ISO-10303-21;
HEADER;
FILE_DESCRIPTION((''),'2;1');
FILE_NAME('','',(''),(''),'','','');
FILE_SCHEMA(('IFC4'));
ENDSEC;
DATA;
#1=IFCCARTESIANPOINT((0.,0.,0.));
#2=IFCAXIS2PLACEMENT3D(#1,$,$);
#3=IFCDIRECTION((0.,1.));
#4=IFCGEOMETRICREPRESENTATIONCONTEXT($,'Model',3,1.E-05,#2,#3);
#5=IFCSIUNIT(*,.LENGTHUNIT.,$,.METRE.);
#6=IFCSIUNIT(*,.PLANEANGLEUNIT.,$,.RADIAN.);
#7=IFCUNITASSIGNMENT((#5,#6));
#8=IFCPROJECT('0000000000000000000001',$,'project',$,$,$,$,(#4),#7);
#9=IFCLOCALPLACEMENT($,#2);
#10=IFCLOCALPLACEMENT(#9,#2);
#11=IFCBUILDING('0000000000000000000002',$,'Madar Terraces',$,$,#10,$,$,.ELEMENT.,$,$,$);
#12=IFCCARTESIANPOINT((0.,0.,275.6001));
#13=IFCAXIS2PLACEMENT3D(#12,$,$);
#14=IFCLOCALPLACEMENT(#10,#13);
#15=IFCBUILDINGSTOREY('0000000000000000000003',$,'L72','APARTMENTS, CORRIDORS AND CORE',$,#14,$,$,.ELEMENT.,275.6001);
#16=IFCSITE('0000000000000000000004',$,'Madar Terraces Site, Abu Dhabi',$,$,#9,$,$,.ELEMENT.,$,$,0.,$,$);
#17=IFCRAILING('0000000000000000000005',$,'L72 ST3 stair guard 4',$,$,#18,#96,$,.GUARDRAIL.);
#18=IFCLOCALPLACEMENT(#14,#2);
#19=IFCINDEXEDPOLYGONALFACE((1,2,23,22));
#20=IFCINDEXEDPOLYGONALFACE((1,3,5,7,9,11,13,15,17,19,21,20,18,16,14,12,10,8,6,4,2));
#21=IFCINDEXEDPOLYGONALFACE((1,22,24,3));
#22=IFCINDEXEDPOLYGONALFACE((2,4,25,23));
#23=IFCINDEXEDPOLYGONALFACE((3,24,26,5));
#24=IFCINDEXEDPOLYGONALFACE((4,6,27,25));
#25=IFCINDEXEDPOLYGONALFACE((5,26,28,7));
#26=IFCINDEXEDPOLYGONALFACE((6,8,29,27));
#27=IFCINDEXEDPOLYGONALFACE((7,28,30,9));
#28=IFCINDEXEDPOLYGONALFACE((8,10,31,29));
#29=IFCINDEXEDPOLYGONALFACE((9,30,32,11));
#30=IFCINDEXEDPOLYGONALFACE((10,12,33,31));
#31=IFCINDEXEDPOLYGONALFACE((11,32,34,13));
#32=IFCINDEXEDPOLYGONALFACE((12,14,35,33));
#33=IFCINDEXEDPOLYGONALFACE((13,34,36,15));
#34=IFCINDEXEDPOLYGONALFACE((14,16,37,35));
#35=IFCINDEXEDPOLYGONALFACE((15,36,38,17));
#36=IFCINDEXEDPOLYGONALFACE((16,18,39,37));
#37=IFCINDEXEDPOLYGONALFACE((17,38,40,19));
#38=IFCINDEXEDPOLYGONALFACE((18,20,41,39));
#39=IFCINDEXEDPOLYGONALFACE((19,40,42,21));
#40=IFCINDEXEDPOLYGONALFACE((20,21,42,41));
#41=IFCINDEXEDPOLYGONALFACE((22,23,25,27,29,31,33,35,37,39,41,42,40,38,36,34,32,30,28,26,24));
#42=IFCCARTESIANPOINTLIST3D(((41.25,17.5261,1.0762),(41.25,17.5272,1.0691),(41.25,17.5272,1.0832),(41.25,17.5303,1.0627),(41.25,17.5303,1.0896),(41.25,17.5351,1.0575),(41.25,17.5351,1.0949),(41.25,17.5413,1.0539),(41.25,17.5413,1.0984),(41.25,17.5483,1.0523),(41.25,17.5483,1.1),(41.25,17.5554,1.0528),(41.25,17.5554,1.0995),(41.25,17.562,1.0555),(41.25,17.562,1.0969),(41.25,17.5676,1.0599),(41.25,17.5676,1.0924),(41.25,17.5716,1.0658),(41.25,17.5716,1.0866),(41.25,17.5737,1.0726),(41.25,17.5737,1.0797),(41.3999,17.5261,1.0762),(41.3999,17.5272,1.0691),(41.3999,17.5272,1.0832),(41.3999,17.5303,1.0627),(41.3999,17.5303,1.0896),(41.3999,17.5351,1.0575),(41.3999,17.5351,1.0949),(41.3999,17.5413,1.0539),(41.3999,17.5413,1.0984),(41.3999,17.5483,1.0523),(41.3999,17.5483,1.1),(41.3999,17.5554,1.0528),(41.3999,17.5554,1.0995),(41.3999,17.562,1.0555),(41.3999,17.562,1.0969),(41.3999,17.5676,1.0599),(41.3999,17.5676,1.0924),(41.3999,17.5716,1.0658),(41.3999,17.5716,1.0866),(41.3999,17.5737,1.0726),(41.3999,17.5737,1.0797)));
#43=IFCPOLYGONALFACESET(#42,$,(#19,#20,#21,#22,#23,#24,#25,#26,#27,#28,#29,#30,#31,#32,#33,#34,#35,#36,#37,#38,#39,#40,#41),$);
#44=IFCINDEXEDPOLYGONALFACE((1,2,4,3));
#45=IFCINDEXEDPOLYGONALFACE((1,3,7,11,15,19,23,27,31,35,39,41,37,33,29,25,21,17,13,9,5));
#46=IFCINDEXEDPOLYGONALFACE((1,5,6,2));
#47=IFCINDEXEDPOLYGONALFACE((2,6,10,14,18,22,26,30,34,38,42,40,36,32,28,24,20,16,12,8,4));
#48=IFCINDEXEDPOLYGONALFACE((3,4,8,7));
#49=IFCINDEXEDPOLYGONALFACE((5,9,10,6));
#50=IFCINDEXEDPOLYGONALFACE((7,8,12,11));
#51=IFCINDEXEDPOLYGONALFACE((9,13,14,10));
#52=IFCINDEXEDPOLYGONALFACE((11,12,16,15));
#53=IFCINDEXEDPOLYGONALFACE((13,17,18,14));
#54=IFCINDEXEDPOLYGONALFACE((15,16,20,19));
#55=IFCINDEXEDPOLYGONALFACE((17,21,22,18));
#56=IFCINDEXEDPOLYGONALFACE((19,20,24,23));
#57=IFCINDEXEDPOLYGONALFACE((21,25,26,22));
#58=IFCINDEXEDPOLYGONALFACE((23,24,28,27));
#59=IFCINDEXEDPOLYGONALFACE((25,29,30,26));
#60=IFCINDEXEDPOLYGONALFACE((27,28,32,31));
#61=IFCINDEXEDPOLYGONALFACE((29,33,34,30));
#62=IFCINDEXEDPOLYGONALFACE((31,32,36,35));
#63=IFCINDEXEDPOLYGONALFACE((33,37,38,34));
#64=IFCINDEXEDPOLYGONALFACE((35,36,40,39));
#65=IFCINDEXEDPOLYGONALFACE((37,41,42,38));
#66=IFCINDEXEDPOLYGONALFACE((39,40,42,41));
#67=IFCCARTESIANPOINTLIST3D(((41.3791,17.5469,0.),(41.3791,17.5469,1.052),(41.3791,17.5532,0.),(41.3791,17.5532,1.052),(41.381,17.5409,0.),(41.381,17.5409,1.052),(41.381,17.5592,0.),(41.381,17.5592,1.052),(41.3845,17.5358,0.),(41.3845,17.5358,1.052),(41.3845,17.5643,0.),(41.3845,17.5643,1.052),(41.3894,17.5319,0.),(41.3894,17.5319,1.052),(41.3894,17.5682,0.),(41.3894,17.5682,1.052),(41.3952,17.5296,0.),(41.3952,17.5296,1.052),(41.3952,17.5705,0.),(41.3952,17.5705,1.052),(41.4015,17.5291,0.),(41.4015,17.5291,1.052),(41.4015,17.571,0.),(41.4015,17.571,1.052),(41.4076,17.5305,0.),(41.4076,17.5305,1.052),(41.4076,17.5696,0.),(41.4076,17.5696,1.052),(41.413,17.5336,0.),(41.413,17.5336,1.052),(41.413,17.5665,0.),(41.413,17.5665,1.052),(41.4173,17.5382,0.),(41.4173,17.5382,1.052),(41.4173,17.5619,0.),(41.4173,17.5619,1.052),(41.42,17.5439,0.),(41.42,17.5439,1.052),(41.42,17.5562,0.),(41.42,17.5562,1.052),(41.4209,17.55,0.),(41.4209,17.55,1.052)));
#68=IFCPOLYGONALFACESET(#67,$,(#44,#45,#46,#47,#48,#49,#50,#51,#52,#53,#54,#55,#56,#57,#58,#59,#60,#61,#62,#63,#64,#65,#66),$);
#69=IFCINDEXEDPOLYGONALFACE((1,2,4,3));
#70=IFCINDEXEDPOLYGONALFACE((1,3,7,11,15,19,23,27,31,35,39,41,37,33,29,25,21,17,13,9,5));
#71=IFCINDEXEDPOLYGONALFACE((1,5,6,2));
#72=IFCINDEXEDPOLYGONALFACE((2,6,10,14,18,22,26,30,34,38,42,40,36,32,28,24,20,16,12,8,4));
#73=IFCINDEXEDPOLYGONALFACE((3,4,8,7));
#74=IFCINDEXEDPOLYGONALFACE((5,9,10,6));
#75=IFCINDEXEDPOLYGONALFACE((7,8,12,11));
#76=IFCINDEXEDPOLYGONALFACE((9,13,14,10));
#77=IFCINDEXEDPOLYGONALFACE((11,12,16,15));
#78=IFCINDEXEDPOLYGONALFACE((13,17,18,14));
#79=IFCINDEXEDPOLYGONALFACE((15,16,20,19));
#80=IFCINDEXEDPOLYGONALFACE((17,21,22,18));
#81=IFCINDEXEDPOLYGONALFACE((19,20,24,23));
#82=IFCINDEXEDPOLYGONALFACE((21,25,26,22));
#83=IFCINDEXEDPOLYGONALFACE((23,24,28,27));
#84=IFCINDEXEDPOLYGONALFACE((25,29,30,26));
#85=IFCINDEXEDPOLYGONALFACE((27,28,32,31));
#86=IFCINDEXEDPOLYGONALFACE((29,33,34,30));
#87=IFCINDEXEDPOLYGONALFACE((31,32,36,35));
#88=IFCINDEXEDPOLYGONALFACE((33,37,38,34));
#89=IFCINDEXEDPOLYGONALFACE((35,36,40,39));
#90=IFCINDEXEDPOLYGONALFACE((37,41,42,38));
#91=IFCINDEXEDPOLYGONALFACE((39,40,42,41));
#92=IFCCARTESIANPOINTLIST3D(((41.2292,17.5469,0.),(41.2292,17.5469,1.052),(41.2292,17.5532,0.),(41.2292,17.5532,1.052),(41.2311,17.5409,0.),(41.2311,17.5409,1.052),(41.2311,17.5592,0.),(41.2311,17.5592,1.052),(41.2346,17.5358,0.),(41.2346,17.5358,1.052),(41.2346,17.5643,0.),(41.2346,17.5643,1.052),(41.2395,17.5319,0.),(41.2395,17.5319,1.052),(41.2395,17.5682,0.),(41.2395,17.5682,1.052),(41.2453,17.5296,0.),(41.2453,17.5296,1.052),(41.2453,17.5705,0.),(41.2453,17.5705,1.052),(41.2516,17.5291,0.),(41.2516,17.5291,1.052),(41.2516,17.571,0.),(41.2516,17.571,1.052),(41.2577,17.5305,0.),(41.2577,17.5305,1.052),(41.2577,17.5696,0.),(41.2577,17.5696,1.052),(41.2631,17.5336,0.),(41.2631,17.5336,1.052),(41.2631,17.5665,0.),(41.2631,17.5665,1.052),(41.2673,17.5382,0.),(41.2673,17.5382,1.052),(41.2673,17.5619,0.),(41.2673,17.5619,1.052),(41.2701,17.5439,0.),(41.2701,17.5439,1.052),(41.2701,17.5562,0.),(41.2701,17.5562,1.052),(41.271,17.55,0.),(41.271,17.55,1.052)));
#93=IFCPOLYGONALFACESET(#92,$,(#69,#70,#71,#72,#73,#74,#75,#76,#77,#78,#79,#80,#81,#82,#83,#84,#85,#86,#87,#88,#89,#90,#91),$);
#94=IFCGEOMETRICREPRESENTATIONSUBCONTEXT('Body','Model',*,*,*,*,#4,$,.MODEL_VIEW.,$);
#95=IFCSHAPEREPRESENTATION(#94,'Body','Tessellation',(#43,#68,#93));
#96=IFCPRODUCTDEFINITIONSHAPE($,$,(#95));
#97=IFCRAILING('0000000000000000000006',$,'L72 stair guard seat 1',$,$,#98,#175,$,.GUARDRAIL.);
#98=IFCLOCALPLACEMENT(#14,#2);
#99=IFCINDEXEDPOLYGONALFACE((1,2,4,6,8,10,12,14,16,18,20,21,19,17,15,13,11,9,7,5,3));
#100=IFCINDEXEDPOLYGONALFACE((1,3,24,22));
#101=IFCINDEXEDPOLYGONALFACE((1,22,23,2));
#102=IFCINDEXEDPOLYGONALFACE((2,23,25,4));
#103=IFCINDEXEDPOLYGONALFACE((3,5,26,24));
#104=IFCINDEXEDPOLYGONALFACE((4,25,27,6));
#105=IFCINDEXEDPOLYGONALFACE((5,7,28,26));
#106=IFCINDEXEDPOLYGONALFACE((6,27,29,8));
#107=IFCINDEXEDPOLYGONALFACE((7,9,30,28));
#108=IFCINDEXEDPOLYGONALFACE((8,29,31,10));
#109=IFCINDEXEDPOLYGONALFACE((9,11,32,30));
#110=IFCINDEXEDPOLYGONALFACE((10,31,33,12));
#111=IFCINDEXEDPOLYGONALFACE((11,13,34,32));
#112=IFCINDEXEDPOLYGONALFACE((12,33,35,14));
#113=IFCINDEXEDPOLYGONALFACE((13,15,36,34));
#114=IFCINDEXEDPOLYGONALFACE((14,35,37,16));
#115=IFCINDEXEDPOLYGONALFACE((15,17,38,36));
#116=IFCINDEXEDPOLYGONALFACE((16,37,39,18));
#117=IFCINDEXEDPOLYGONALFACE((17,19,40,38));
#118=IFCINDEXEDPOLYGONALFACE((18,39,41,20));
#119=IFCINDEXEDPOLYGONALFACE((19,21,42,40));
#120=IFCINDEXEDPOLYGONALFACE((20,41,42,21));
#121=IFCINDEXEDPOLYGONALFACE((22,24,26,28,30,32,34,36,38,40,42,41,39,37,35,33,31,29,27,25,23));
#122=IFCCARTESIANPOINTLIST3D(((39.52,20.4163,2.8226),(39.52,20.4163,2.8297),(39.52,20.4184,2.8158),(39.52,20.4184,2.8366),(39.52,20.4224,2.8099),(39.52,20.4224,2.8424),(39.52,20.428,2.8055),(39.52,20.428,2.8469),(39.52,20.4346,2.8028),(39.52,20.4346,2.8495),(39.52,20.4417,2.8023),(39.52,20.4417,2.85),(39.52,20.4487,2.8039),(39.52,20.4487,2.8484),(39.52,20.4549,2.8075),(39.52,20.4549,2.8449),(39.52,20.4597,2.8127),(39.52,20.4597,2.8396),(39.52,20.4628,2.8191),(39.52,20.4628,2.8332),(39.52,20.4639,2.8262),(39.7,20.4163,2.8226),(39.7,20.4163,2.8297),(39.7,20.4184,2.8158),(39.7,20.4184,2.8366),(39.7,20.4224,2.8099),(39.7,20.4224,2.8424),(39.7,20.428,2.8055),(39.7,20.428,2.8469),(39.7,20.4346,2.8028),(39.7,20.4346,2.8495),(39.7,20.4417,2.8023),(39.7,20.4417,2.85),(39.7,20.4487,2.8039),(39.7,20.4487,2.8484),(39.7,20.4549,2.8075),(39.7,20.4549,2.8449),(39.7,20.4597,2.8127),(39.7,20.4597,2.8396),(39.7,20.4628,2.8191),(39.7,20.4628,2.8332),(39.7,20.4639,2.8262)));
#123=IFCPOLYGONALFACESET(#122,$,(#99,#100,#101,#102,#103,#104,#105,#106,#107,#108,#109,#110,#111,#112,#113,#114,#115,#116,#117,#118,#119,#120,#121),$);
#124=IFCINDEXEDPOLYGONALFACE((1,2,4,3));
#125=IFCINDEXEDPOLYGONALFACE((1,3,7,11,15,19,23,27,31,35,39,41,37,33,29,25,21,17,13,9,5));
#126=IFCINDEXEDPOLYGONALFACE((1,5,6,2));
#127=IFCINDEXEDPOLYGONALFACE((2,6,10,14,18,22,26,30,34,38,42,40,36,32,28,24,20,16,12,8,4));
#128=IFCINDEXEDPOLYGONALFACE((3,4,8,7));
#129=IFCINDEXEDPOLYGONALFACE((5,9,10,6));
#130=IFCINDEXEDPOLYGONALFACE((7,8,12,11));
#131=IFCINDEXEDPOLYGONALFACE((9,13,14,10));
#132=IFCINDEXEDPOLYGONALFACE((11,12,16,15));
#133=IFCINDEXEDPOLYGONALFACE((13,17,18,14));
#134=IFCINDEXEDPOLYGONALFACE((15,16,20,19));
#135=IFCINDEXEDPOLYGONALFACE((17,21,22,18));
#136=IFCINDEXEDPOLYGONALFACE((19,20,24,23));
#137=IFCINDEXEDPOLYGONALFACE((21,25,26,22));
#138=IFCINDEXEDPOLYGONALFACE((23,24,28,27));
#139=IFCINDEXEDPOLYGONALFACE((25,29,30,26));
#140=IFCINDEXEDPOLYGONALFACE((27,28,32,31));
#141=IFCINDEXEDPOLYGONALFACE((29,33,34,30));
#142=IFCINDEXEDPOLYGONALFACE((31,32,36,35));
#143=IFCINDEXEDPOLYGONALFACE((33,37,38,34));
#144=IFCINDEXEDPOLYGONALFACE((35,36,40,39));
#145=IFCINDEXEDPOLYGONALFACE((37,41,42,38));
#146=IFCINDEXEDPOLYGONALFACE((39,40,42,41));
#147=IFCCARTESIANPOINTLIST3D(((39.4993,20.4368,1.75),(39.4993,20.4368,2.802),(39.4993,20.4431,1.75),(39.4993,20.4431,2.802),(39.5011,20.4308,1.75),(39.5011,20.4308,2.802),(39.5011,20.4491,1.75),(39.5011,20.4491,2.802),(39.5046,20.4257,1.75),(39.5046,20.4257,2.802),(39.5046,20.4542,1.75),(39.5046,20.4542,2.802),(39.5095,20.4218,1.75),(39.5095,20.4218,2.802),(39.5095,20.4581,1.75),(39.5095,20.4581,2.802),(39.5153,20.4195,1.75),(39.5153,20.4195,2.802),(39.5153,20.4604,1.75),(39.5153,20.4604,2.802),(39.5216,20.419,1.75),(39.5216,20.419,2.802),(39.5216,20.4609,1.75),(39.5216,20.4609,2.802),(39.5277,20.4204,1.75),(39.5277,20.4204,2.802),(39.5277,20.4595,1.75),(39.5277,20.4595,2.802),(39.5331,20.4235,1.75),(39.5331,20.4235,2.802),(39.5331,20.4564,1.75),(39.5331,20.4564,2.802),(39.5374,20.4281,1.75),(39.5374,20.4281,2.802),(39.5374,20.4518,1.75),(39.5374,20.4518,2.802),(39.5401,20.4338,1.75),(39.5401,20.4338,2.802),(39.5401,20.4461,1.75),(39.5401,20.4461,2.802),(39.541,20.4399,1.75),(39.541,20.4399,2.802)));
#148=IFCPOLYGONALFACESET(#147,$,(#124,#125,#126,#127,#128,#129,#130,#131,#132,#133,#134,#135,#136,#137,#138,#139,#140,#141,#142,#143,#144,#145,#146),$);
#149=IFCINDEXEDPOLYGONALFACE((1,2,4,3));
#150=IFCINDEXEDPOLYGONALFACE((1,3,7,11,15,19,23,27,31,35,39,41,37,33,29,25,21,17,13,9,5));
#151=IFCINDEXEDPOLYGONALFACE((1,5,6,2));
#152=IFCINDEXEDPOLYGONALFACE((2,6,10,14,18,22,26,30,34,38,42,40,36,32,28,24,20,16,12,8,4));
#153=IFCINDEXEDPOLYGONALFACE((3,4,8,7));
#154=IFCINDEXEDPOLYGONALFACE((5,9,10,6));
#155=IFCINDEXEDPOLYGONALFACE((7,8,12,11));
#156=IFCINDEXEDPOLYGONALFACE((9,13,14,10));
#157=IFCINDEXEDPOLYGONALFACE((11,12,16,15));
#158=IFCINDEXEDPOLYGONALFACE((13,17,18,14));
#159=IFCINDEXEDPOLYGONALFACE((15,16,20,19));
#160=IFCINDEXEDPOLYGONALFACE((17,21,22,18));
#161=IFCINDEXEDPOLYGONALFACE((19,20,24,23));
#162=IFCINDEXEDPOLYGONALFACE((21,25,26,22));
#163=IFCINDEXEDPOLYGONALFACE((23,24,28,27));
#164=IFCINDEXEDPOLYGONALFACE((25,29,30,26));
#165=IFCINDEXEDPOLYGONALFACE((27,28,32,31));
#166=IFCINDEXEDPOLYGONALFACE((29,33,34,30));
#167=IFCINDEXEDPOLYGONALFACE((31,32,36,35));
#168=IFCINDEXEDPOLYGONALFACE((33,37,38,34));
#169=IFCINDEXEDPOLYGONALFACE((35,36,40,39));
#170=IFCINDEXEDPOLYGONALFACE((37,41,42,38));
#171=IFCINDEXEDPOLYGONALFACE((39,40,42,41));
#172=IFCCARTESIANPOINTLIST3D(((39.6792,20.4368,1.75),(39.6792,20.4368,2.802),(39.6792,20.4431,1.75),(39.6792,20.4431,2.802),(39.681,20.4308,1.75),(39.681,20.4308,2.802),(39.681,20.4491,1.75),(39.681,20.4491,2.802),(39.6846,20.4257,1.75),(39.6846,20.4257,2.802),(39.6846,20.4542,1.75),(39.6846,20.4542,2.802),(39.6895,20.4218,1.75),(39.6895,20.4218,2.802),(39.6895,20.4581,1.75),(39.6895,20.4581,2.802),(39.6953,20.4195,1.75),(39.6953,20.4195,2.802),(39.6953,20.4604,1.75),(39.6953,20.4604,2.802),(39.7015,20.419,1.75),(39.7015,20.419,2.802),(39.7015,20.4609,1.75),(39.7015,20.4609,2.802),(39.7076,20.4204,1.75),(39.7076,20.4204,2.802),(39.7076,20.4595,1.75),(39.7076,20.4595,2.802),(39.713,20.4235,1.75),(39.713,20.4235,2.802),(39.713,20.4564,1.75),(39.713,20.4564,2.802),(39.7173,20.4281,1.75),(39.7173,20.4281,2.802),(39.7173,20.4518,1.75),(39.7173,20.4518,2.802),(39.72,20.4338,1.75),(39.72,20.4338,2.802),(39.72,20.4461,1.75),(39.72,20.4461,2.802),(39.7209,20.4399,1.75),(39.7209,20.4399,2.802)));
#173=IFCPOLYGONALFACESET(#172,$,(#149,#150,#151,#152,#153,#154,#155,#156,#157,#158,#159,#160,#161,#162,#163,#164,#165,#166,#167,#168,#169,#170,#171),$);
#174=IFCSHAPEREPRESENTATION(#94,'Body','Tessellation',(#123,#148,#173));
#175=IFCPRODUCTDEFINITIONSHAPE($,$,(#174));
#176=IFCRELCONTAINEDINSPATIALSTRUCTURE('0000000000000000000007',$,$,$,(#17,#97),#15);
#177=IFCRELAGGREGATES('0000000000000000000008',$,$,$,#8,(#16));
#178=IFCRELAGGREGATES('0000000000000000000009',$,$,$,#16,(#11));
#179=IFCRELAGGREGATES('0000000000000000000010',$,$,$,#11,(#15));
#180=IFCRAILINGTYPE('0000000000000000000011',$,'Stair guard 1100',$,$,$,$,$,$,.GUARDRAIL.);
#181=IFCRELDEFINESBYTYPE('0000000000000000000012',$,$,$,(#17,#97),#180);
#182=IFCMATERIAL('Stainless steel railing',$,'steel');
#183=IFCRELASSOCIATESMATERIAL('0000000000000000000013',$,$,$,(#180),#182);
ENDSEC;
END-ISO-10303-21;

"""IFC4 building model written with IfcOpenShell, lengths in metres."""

from ifc_helpers import new_model, si_unit, direction, frame, origin, origin_2d, place, context, subcontext, project, spatial, circle, extrude, material, type_object, element, save


model = new_model("IFC4")

# Units and contexts
model_context = context("Model", 3, precision=1e-05, world=origin(), true_north=direction((0.0, 1.0)))
body_context = subcontext(model_context, "Body", "Model", "MODEL_VIEW")
ifc_project = project(units=[si_unit("LENGTHUNIT", "METRE"), si_unit("PLANEANGLEUNIT", "RADIAN")], contexts=[model_context])

# Site, building, storey
site_placement = place(None, origin())
site = spatial("IfcSite", under=ifc_project, at=site_placement, Name="Madar Terraces Site, Abu Dhabi", CompositionType="ELEMENT", RefElevation=0.0)
building_placement = place(site_placement, origin())
building = spatial("IfcBuilding", under=site, at=building_placement, Name="Madar Terraces", CompositionType="ELEMENT")
storey_placement = place(building_placement, frame((0.0, 0.0, 275.6001)))
storey = spatial("IfcBuildingStorey", under=building, at=storey_placement, Name="L72", Description="APARTMENTS, CORRIDORS AND CORE", CompositionType="ELEMENT", Elevation=275.6001)

# Railings
ifc_material_1 = material(Name="Stainless steel railing", Category="steel")
railing_type_1 = type_object("IfcRailingType", Name="Stair guard 1100", PredefinedType="GUARDRAIL", material=ifc_material_1)
railing_1_placement = place(storey_placement, frame((41.3999, 17.55, 0.0)))
element("IfcRailing", 1, at=railing_1_placement, inside=storey, type_object=railing_type_1, Name="L72 ST3 stair guard 4", PredefinedType="GUARDRAIL", context=body_context, shape_type="SweptSolid", body=[
    extrude(circle(Radius=0.0239, at=origin_2d()), frame((0.0, 0.0, 1.0762), z_axis=(-1.0, 0.0, 0.0), x_axis=(0.0, -1.0, 0.0)), (0.0, 0.0, 1.0), 0.1499),
    extrude(circle(Radius=0.021, at=origin_2d()), origin(), (0.0, 0.0, 1.0), 1.052),
    extrude(circle(Radius=0.021, at=origin_2d()), frame((-0.1499, 0.0, 0.0)), (0.0, 0.0, 1.0), 1.052),
])
for number, where, name in (
    (2, (39.52, 20.4399, 1.75), "L72 stair guard seat 1"),
):
    element("IfcRailing", number, at=place(storey_placement, frame(where)), inside=storey, type_object=railing_type_1, Name=name, PredefinedType="GUARDRAIL", context=body_context, shape_type="SweptSolid", body=[
        extrude(circle(Radius=0.0239, at=origin_2d()), frame((0.0, 0.0, 1.0762), z_axis=(1.0, 0.0, 0.0), x_axis=(0.0, 1.0, 0.0)), (0.0, 0.0, 1.0), 0.1799),
        extrude(circle(Radius=0.021, at=origin_2d()), origin(), (0.0, 0.0, 1.0), 1.052),
        extrude(circle(Radius=0.021, at=origin_2d()), frame((0.1799, 0.0, 0.0)), (0.0, 0.0, 1.0), 1.052),
    ])

save(model, "model.ifc")
